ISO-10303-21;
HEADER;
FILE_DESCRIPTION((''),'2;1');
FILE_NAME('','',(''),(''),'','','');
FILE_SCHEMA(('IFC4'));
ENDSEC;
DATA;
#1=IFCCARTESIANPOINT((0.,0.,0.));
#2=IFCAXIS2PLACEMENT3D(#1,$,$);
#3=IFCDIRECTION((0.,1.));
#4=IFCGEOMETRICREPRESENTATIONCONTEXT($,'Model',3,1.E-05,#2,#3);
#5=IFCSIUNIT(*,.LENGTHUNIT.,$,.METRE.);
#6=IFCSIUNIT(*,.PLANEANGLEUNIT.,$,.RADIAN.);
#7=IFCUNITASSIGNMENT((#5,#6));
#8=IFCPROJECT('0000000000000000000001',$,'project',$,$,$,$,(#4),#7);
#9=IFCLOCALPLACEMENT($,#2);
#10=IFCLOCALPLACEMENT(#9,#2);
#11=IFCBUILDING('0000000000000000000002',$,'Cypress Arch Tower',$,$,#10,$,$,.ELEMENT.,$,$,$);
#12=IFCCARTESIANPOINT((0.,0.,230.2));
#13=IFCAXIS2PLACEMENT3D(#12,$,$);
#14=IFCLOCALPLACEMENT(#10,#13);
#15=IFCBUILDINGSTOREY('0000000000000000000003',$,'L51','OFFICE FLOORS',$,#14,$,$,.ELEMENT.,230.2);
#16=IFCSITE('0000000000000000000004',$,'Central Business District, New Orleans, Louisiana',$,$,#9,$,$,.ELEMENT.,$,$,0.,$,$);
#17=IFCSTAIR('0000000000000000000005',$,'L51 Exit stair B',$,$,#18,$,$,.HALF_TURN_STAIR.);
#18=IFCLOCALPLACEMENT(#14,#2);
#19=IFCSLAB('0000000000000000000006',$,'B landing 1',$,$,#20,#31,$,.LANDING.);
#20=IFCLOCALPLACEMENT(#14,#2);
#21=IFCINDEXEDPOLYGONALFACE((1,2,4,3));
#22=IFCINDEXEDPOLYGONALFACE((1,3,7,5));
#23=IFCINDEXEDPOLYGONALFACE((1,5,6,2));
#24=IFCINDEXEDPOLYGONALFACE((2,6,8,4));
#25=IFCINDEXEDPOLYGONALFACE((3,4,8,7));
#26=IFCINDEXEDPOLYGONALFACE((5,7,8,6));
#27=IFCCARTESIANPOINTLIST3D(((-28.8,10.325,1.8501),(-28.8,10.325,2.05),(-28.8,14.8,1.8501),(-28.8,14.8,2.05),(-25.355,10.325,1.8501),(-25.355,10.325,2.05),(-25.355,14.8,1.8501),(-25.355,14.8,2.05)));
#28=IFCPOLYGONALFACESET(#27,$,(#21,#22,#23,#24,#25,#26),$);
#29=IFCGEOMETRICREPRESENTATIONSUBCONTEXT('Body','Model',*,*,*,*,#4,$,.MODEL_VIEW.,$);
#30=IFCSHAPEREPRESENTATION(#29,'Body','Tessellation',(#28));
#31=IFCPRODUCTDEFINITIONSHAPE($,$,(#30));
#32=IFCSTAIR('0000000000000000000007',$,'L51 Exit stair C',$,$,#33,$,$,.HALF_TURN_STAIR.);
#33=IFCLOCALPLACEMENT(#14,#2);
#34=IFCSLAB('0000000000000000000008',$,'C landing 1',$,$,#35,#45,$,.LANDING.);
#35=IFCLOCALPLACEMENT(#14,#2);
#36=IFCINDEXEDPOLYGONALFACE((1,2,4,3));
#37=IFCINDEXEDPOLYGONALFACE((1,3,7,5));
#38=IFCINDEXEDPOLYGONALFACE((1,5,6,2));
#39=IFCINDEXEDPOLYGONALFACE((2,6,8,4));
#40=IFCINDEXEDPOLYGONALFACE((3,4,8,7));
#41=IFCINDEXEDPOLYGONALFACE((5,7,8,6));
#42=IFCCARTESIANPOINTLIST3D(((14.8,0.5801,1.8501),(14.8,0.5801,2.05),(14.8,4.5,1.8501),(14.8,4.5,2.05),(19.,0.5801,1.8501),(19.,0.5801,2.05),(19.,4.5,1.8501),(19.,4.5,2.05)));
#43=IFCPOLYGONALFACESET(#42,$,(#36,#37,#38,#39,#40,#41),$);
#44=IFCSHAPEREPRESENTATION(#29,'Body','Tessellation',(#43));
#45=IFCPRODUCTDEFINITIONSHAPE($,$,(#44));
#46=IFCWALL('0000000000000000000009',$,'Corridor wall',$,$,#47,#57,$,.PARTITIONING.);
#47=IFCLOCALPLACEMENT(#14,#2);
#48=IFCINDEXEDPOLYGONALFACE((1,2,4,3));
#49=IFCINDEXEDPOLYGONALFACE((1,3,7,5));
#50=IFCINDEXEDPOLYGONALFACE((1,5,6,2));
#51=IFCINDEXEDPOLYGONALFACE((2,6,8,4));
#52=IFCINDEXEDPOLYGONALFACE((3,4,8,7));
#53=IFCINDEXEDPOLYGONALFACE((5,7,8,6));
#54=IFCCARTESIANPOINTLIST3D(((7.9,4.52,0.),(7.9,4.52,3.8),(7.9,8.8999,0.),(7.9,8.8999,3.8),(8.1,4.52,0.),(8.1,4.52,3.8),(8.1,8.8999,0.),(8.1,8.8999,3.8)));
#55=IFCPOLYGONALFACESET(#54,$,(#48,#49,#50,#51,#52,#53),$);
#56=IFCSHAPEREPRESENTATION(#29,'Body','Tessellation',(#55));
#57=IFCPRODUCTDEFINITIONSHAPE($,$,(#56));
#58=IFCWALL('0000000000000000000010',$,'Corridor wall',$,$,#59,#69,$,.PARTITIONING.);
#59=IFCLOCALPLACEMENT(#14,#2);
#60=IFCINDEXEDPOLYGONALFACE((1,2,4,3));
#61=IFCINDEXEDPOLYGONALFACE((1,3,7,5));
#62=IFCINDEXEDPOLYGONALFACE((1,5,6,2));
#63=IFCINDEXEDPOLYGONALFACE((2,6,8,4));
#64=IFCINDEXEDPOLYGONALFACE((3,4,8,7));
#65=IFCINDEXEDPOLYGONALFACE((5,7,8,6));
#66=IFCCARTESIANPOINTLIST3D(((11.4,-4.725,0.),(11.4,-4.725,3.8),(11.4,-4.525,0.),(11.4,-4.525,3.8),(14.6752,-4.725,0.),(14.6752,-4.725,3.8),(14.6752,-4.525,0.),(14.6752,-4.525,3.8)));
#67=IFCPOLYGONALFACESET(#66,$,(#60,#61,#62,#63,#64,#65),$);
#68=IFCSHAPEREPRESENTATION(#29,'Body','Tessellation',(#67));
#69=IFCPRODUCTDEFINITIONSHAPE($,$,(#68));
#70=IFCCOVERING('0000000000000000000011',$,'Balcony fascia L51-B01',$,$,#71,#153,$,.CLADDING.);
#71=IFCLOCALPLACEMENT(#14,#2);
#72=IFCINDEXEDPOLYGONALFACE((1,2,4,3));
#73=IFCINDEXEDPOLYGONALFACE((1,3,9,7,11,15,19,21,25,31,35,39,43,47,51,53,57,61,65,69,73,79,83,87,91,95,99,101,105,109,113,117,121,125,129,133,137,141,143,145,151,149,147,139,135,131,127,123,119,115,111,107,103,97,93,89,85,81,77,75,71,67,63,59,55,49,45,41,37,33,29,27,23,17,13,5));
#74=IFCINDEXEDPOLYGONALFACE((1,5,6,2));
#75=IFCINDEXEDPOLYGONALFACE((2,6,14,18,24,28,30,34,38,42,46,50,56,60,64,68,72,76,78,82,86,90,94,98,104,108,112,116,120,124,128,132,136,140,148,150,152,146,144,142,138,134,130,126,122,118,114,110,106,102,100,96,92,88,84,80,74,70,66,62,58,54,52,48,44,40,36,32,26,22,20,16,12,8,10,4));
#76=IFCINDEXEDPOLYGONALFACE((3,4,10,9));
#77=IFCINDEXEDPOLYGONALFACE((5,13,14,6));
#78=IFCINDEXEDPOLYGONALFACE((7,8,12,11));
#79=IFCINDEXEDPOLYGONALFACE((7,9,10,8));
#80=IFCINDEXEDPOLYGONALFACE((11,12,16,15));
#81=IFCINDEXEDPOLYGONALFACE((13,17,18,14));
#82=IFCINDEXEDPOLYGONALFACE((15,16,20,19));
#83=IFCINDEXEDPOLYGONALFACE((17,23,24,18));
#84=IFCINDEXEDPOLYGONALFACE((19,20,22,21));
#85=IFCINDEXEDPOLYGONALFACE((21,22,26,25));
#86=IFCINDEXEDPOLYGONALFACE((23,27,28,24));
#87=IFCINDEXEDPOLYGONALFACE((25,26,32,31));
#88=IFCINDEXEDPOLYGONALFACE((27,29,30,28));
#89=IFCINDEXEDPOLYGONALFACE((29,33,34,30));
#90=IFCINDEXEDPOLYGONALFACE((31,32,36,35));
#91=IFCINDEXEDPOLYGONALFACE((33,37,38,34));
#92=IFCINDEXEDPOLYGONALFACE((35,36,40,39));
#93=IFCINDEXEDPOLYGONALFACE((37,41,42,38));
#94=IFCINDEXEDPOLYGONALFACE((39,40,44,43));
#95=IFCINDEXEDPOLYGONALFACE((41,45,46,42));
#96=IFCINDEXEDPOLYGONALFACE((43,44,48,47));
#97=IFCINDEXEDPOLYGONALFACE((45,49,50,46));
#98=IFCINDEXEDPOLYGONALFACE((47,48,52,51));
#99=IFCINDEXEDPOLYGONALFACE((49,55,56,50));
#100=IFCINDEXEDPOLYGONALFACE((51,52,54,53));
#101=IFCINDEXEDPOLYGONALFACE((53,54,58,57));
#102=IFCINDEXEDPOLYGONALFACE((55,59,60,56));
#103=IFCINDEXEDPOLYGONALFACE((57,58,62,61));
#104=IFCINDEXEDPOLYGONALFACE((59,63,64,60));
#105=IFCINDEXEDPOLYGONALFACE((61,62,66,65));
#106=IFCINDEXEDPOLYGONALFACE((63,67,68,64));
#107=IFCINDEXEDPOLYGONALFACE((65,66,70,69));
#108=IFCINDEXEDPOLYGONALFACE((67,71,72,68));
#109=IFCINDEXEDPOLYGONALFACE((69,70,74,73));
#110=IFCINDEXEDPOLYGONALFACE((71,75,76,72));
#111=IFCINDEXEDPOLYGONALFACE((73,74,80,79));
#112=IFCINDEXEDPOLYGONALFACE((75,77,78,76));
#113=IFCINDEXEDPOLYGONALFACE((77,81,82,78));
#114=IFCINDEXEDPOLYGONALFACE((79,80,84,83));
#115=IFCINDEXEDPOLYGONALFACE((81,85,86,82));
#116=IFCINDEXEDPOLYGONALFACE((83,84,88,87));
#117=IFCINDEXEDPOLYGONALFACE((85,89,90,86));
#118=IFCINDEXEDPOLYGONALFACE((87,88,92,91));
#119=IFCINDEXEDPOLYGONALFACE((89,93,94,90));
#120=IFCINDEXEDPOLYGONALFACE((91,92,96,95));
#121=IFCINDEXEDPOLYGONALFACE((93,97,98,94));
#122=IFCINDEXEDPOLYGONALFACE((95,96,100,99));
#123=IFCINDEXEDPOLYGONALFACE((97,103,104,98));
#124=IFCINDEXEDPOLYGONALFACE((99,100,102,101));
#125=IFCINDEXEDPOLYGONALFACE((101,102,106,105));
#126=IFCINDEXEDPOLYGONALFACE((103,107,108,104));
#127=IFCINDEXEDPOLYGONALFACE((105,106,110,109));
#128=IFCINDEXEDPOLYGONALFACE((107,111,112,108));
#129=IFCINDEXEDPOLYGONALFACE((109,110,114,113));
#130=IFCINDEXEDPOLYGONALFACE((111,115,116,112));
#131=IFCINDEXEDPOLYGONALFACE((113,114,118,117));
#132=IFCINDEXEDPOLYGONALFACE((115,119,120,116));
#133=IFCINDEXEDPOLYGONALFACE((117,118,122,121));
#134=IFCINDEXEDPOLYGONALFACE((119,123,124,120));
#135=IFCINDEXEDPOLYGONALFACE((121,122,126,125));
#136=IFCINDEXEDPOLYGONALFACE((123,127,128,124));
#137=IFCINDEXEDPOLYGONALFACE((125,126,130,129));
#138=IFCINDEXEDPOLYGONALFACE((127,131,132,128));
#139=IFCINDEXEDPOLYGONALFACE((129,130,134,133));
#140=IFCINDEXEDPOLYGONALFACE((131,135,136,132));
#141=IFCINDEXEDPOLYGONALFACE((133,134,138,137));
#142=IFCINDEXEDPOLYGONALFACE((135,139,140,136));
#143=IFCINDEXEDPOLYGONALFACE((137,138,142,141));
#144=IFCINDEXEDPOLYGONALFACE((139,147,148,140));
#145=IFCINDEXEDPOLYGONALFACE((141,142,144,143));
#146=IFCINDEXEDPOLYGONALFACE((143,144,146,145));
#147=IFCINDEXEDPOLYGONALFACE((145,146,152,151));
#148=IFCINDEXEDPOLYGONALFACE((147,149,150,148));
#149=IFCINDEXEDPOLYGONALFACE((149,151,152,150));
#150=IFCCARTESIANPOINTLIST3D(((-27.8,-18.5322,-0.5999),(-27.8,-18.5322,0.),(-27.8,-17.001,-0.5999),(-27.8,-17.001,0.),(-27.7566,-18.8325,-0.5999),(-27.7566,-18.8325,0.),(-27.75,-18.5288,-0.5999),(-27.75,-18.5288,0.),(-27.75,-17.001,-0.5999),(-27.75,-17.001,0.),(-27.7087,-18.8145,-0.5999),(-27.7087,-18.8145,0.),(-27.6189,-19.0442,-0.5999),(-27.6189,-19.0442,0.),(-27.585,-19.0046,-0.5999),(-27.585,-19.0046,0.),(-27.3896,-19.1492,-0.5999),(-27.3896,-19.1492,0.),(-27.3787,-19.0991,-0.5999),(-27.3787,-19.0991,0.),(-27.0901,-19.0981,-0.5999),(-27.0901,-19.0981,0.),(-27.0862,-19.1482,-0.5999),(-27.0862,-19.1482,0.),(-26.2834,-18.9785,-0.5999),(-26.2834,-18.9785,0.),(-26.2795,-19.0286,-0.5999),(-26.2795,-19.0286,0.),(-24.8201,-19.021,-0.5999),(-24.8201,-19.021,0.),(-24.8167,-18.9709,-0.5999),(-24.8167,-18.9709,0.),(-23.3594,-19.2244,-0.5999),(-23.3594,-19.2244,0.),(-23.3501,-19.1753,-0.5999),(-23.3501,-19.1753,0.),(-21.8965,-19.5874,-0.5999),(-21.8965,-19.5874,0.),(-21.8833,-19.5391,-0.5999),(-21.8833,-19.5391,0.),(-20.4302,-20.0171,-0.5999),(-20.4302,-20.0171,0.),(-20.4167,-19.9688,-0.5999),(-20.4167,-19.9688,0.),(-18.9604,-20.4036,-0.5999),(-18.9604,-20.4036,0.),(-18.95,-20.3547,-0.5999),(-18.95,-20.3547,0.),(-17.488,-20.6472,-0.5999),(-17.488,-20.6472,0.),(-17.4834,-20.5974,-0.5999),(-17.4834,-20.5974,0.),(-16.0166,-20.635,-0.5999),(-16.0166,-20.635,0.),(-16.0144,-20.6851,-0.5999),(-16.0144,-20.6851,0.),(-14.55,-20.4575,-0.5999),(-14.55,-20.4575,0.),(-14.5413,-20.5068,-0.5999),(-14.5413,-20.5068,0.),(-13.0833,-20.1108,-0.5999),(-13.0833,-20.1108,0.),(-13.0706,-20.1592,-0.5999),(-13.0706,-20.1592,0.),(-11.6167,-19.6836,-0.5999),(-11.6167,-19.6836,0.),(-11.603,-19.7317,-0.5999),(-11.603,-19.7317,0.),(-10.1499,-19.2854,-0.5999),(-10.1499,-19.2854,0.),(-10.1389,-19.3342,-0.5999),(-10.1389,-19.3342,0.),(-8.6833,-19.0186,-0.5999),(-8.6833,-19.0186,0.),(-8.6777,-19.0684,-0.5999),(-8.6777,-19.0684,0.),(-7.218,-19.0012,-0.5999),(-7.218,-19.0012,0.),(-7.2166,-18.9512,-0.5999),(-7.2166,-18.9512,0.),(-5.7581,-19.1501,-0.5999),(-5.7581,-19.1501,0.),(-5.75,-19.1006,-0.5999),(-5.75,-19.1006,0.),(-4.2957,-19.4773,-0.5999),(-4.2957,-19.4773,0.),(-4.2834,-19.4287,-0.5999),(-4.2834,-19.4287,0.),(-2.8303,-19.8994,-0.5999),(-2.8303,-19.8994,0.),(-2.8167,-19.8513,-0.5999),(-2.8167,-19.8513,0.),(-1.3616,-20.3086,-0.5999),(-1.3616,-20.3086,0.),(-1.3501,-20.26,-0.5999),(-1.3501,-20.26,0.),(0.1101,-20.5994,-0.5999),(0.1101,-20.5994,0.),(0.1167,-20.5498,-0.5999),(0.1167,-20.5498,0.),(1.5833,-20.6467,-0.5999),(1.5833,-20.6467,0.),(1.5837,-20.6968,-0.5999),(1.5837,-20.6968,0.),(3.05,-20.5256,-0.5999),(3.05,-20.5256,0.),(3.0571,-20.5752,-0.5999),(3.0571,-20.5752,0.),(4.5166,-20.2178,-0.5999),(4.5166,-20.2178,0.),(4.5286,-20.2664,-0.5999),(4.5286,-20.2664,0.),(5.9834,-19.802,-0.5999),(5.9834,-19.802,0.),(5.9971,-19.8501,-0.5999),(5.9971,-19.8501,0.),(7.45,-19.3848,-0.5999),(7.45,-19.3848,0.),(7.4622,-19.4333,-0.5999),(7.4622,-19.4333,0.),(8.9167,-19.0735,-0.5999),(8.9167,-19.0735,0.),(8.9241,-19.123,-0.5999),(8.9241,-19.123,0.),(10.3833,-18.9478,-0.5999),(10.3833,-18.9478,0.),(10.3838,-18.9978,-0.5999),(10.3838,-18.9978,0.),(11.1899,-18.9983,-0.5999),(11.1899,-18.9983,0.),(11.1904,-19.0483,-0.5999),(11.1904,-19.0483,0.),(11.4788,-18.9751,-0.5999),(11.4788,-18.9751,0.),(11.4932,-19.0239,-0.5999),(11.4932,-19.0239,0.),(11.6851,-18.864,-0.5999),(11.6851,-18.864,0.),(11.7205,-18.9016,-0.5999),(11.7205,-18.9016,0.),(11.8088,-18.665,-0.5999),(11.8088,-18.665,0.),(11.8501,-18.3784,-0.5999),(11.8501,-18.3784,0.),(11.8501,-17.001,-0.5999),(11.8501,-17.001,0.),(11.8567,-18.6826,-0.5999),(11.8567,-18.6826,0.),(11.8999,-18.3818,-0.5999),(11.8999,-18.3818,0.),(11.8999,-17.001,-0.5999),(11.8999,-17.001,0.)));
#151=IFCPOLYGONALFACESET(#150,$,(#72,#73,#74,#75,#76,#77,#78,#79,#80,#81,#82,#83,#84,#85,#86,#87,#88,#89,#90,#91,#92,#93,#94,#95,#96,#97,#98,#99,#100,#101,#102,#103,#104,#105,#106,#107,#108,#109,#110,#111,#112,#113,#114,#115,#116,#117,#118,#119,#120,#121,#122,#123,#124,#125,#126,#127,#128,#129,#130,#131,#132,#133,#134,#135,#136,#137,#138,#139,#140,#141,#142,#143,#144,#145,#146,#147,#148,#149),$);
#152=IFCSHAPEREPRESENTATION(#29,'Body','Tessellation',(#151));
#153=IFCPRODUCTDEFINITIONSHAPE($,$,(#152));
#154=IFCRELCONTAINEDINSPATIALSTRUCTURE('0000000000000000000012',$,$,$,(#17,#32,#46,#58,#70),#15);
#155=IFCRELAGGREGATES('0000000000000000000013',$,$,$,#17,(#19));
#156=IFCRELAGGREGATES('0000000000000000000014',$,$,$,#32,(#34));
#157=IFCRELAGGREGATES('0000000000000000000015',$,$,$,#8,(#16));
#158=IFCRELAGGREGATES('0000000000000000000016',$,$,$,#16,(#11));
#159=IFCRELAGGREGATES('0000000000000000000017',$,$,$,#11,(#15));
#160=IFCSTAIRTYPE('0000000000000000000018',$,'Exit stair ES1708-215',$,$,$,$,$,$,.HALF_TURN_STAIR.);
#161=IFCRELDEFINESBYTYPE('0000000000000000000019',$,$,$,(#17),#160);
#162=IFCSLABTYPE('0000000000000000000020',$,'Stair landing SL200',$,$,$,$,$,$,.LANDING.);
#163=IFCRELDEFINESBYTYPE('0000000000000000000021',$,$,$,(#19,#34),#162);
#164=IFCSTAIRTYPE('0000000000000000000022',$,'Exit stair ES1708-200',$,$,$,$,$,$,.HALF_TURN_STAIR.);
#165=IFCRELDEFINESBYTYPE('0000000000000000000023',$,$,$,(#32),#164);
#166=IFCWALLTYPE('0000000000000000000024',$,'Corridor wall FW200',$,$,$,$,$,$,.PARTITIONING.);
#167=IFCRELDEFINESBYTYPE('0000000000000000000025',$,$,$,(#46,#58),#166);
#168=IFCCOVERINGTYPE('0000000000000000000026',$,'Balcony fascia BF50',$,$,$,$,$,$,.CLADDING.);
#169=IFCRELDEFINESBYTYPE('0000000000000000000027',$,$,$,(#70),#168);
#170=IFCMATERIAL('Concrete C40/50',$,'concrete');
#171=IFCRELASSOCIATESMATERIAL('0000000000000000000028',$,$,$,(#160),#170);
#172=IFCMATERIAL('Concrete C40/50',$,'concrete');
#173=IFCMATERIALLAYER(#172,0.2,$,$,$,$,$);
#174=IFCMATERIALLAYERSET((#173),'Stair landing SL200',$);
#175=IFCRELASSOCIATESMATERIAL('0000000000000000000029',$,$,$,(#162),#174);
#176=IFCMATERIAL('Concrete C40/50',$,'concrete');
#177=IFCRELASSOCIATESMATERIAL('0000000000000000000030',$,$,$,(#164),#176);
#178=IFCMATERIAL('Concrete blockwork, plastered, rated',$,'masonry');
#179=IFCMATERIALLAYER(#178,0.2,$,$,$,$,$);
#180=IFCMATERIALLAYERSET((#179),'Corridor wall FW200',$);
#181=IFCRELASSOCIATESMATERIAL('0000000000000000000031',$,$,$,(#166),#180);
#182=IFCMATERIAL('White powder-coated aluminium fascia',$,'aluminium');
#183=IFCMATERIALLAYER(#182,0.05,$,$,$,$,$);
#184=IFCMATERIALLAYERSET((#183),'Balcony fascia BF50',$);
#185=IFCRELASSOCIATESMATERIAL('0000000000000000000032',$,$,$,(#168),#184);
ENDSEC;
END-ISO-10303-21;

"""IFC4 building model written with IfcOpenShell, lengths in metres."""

from ifc_helpers import new_model, si_unit, direction, frame, frame_2d, origin, place, context, subcontext, project, spatial, polyline, rectangle, outline, extrude, material, layer, layer_set, type_object, element, aggregate, save


model = new_model("IFC4")

# Units and contexts
model_context = context("Model", 3, precision=1e-05, world=origin(), true_north=direction((0.0, 1.0)))
body_context = subcontext(model_context, "Body", "Model", "MODEL_VIEW")
ifc_project = project(units=[si_unit("LENGTHUNIT", "METRE"), si_unit("PLANEANGLEUNIT", "RADIAN")], contexts=[model_context])

# Site, building, storey
site_placement = place(None, origin())
site = spatial("IfcSite", under=ifc_project, at=site_placement, Name="Central Business District, New Orleans, Louisiana", CompositionType="ELEMENT", RefElevation=0.0)
building_placement = place(site_placement, origin())
building = spatial("IfcBuilding", under=site, at=building_placement, Name="Cypress Arch Tower", CompositionType="ELEMENT")
storey_placement = place(building_placement, frame((0.0, 0.0, 230.2)))
storey = spatial("IfcBuildingStorey", under=building, at=storey_placement, Name="L51", Description="OFFICE FLOORS", CompositionType="ELEMENT", Elevation=230.2)

# Stairs, slabs
ifc_material_1 = material(Name="Concrete C40/50", Category="concrete")
stair_type_1 = type_object("IfcStairType", Name="Exit stair ES1708-215", PredefinedType="HALF_TURN_STAIR", material=ifc_material_1)
ifc_material_2 = material(Name="Concrete C40/50", Category="concrete")
ifc_layer_1 = layer(ifc_material_2, 0.2)
ifc_layer_set_1 = layer_set([ifc_layer_1], Name="Stair landing SL200")
slab_type_1 = type_object("IfcSlabType", Name="Stair landing SL200", PredefinedType="LANDING", material=ifc_layer_set_1)
stair_1_placement = place(storey_placement, origin())
stair_1 = element("IfcStair", 1, at=stair_1_placement, inside=storey, type_object=stair_type_1, Name="L51 Exit stair B", PredefinedType="HALF_TURN_STAIR")
slab_1_placement = place(storey_placement, frame((0.0, 0.0, 1.8501)))
slab_1 = element("IfcSlab", 2, at=slab_1_placement, type_object=slab_type_1, Name="B landing 1", PredefinedType="LANDING", context=body_context, shape_type="SweptSolid", body=[
    extrude(outline(polyline([(-25.355, 14.8), (-28.8, 14.8), (-28.8, 10.325), (-25.355, 10.325), (-25.355, 14.8)])), origin(), (0.0, 0.0, 1.0), 0.2),
])
aggregate(stair_1, [slab_1])
ifc_material_3 = material(Name="Concrete C40/50", Category="concrete")
stair_type_2 = type_object("IfcStairType", Name="Exit stair ES1708-200", PredefinedType="HALF_TURN_STAIR", material=ifc_material_3)
stair_2_placement = place(storey_placement, origin())
stair_2 = element("IfcStair", 3, at=stair_2_placement, inside=storey, type_object=stair_type_2, Name="L51 Exit stair C", PredefinedType="HALF_TURN_STAIR")
slab_2_placement = place(storey_placement, frame((0.0, 0.0, 1.8501)))
slab_2 = element("IfcSlab", 4, at=slab_2_placement, type_object=slab_type_1, Name="C landing 1", PredefinedType="LANDING", context=body_context, shape_type="SweptSolid", body=[
    extrude(outline(polyline([(19.0, 0.5801), (19.0, 4.5), (14.8, 4.5), (14.8, 0.5801), (19.0, 0.5801)])), origin(), (0.0, 0.0, 1.0), 0.2),
])
aggregate(stair_2, [slab_2])

# Walls
ifc_material_4 = material(Name="Concrete blockwork, plastered, rated", Category="masonry")
ifc_layer_2 = layer(ifc_material_4, 0.2)
ifc_layer_set_2 = layer_set([ifc_layer_2], Name="Corridor wall FW200")
wall_type = type_object("IfcWallType", Name="Corridor wall FW200", PredefinedType="PARTITIONING", material=ifc_layer_set_2)
wall_1_placement = place(storey_placement, frame((8.0, 4.52, 0.0), z_axis=(0.0, 0.0, 1.0), x_axis=(0.0, 1.0, 0.0)))
element("IfcWall", 5, at=wall_1_placement, inside=storey, type_object=wall_type, Name="Corridor wall", PredefinedType="PARTITIONING", context=body_context, shape_type="SweptSolid", body=[
    extrude(rectangle(XDim=4.3799, YDim=0.2, at=frame_2d((2.1899, 0.0))), origin(), (0.0, 0.0, 1.0), 3.8),
])
wall_2_placement = place(storey_placement, frame((11.3999, -4.625, 0.0), z_axis=(0.0, 0.0, 1.0), x_axis=(1.0, 0.0, 0.0)))
element("IfcWall", 6, at=wall_2_placement, inside=storey, type_object=wall_type, Name="Corridor wall", PredefinedType="PARTITIONING", context=body_context, shape_type="SweptSolid", body=[
    extrude(rectangle(XDim=3.2751, YDim=0.2, at=frame_2d((1.6377, 0.0))), origin(), (0.0, 0.0, 1.0), 3.8),
])

# Covering
ifc_material_5 = material(Name="White powder-coated aluminium fascia", Category="aluminium")
ifc_layer_3 = layer(ifc_material_5, 0.05)
ifc_layer_set_3 = layer_set([ifc_layer_3], Name="Balcony fascia BF50")
covering_type_1 = type_object("IfcCoveringType", Name="Balcony fascia BF50", PredefinedType="CLADDING", material=ifc_layer_set_3)
covering_1_placement = place(storey_placement, frame((0.0, 0.0, -0.5999)))
element("IfcCovering", 7, at=covering_1_placement, inside=storey, type_object=covering_type_1, Name="Balcony fascia L51-B01", PredefinedType="CLADDING", context=body_context, shape_type="SweptSolid", body=[
    extrude(outline(polyline([(11.8999, -18.3818), (11.8567, -18.6826), (11.7205, -18.9016), (11.4932, -19.0239), (11.1904, -19.0483), (10.3838, -18.9978), (8.9241, -19.123), (7.4622, -19.4333), (5.9971, -19.8501), (4.5286, -20.2664), (3.0571, -20.5752), (1.5837, -20.6968), (0.1101, -20.5994), (-1.3616, -20.3086), (-2.8303, -19.8994), (-4.2957, -19.4773), (-5.7581, -19.1501), (-7.218, -19.0012), (-8.6777, -19.0684), (-10.1389, -19.3342), (-11.603, -19.7317), (-13.0706, -20.1592), (-14.5413, -20.5068), (-16.0144, -20.6851), (-17.488, -20.6472), (-18.9604, -20.4036), (-20.4302, -20.0171), (-21.8965, -19.5874), (-23.3594, -19.2244), (-24.8201, -19.021), (-26.2795, -19.0286), (-27.0862, -19.1482), (-27.3896, -19.1492), (-27.6189, -19.0442), (-27.7566, -18.8325), (-27.8, -18.5322), (-27.8, -17.001), (-27.75, -17.001), (-27.75, -18.5288), (-27.7087, -18.8145), (-27.585, -19.0046), (-27.3787, -19.0991), (-27.0901, -19.0981), (-26.2834, -18.9785), (-24.8167, -18.9709), (-23.3501, -19.1753), (-21.8833, -19.5391), (-20.4167, -19.9688), (-18.95, -20.3547), (-17.4834, -20.5974), (-16.0166, -20.635), (-14.55, -20.4575), (-13.0833, -20.1108), (-11.6167, -19.6836), (-10.1499, -19.2854), (-8.6833, -19.0186), (-7.2166, -18.9512), (-5.75, -19.1006), (-4.2834, -19.4287), (-2.8167, -19.8513), (-1.3501, -20.26), (0.1167, -20.5498), (1.5833, -20.6467), (3.05, -20.5256), (4.5166, -20.2178), (5.9834, -19.802), (7.45, -19.3848), (8.9167, -19.0735), (10.3833, -18.9478), (11.1899, -18.9983), (11.4788, -18.9751), (11.6851, -18.864), (11.8088, -18.665), (11.8501, -18.3784), (11.8501, -17.001), (11.8999, -17.001), (11.8999, -18.3818)])), origin(), (0.0, 0.0, 1.0), 0.5999),
])

save(model, "model.ifc")
